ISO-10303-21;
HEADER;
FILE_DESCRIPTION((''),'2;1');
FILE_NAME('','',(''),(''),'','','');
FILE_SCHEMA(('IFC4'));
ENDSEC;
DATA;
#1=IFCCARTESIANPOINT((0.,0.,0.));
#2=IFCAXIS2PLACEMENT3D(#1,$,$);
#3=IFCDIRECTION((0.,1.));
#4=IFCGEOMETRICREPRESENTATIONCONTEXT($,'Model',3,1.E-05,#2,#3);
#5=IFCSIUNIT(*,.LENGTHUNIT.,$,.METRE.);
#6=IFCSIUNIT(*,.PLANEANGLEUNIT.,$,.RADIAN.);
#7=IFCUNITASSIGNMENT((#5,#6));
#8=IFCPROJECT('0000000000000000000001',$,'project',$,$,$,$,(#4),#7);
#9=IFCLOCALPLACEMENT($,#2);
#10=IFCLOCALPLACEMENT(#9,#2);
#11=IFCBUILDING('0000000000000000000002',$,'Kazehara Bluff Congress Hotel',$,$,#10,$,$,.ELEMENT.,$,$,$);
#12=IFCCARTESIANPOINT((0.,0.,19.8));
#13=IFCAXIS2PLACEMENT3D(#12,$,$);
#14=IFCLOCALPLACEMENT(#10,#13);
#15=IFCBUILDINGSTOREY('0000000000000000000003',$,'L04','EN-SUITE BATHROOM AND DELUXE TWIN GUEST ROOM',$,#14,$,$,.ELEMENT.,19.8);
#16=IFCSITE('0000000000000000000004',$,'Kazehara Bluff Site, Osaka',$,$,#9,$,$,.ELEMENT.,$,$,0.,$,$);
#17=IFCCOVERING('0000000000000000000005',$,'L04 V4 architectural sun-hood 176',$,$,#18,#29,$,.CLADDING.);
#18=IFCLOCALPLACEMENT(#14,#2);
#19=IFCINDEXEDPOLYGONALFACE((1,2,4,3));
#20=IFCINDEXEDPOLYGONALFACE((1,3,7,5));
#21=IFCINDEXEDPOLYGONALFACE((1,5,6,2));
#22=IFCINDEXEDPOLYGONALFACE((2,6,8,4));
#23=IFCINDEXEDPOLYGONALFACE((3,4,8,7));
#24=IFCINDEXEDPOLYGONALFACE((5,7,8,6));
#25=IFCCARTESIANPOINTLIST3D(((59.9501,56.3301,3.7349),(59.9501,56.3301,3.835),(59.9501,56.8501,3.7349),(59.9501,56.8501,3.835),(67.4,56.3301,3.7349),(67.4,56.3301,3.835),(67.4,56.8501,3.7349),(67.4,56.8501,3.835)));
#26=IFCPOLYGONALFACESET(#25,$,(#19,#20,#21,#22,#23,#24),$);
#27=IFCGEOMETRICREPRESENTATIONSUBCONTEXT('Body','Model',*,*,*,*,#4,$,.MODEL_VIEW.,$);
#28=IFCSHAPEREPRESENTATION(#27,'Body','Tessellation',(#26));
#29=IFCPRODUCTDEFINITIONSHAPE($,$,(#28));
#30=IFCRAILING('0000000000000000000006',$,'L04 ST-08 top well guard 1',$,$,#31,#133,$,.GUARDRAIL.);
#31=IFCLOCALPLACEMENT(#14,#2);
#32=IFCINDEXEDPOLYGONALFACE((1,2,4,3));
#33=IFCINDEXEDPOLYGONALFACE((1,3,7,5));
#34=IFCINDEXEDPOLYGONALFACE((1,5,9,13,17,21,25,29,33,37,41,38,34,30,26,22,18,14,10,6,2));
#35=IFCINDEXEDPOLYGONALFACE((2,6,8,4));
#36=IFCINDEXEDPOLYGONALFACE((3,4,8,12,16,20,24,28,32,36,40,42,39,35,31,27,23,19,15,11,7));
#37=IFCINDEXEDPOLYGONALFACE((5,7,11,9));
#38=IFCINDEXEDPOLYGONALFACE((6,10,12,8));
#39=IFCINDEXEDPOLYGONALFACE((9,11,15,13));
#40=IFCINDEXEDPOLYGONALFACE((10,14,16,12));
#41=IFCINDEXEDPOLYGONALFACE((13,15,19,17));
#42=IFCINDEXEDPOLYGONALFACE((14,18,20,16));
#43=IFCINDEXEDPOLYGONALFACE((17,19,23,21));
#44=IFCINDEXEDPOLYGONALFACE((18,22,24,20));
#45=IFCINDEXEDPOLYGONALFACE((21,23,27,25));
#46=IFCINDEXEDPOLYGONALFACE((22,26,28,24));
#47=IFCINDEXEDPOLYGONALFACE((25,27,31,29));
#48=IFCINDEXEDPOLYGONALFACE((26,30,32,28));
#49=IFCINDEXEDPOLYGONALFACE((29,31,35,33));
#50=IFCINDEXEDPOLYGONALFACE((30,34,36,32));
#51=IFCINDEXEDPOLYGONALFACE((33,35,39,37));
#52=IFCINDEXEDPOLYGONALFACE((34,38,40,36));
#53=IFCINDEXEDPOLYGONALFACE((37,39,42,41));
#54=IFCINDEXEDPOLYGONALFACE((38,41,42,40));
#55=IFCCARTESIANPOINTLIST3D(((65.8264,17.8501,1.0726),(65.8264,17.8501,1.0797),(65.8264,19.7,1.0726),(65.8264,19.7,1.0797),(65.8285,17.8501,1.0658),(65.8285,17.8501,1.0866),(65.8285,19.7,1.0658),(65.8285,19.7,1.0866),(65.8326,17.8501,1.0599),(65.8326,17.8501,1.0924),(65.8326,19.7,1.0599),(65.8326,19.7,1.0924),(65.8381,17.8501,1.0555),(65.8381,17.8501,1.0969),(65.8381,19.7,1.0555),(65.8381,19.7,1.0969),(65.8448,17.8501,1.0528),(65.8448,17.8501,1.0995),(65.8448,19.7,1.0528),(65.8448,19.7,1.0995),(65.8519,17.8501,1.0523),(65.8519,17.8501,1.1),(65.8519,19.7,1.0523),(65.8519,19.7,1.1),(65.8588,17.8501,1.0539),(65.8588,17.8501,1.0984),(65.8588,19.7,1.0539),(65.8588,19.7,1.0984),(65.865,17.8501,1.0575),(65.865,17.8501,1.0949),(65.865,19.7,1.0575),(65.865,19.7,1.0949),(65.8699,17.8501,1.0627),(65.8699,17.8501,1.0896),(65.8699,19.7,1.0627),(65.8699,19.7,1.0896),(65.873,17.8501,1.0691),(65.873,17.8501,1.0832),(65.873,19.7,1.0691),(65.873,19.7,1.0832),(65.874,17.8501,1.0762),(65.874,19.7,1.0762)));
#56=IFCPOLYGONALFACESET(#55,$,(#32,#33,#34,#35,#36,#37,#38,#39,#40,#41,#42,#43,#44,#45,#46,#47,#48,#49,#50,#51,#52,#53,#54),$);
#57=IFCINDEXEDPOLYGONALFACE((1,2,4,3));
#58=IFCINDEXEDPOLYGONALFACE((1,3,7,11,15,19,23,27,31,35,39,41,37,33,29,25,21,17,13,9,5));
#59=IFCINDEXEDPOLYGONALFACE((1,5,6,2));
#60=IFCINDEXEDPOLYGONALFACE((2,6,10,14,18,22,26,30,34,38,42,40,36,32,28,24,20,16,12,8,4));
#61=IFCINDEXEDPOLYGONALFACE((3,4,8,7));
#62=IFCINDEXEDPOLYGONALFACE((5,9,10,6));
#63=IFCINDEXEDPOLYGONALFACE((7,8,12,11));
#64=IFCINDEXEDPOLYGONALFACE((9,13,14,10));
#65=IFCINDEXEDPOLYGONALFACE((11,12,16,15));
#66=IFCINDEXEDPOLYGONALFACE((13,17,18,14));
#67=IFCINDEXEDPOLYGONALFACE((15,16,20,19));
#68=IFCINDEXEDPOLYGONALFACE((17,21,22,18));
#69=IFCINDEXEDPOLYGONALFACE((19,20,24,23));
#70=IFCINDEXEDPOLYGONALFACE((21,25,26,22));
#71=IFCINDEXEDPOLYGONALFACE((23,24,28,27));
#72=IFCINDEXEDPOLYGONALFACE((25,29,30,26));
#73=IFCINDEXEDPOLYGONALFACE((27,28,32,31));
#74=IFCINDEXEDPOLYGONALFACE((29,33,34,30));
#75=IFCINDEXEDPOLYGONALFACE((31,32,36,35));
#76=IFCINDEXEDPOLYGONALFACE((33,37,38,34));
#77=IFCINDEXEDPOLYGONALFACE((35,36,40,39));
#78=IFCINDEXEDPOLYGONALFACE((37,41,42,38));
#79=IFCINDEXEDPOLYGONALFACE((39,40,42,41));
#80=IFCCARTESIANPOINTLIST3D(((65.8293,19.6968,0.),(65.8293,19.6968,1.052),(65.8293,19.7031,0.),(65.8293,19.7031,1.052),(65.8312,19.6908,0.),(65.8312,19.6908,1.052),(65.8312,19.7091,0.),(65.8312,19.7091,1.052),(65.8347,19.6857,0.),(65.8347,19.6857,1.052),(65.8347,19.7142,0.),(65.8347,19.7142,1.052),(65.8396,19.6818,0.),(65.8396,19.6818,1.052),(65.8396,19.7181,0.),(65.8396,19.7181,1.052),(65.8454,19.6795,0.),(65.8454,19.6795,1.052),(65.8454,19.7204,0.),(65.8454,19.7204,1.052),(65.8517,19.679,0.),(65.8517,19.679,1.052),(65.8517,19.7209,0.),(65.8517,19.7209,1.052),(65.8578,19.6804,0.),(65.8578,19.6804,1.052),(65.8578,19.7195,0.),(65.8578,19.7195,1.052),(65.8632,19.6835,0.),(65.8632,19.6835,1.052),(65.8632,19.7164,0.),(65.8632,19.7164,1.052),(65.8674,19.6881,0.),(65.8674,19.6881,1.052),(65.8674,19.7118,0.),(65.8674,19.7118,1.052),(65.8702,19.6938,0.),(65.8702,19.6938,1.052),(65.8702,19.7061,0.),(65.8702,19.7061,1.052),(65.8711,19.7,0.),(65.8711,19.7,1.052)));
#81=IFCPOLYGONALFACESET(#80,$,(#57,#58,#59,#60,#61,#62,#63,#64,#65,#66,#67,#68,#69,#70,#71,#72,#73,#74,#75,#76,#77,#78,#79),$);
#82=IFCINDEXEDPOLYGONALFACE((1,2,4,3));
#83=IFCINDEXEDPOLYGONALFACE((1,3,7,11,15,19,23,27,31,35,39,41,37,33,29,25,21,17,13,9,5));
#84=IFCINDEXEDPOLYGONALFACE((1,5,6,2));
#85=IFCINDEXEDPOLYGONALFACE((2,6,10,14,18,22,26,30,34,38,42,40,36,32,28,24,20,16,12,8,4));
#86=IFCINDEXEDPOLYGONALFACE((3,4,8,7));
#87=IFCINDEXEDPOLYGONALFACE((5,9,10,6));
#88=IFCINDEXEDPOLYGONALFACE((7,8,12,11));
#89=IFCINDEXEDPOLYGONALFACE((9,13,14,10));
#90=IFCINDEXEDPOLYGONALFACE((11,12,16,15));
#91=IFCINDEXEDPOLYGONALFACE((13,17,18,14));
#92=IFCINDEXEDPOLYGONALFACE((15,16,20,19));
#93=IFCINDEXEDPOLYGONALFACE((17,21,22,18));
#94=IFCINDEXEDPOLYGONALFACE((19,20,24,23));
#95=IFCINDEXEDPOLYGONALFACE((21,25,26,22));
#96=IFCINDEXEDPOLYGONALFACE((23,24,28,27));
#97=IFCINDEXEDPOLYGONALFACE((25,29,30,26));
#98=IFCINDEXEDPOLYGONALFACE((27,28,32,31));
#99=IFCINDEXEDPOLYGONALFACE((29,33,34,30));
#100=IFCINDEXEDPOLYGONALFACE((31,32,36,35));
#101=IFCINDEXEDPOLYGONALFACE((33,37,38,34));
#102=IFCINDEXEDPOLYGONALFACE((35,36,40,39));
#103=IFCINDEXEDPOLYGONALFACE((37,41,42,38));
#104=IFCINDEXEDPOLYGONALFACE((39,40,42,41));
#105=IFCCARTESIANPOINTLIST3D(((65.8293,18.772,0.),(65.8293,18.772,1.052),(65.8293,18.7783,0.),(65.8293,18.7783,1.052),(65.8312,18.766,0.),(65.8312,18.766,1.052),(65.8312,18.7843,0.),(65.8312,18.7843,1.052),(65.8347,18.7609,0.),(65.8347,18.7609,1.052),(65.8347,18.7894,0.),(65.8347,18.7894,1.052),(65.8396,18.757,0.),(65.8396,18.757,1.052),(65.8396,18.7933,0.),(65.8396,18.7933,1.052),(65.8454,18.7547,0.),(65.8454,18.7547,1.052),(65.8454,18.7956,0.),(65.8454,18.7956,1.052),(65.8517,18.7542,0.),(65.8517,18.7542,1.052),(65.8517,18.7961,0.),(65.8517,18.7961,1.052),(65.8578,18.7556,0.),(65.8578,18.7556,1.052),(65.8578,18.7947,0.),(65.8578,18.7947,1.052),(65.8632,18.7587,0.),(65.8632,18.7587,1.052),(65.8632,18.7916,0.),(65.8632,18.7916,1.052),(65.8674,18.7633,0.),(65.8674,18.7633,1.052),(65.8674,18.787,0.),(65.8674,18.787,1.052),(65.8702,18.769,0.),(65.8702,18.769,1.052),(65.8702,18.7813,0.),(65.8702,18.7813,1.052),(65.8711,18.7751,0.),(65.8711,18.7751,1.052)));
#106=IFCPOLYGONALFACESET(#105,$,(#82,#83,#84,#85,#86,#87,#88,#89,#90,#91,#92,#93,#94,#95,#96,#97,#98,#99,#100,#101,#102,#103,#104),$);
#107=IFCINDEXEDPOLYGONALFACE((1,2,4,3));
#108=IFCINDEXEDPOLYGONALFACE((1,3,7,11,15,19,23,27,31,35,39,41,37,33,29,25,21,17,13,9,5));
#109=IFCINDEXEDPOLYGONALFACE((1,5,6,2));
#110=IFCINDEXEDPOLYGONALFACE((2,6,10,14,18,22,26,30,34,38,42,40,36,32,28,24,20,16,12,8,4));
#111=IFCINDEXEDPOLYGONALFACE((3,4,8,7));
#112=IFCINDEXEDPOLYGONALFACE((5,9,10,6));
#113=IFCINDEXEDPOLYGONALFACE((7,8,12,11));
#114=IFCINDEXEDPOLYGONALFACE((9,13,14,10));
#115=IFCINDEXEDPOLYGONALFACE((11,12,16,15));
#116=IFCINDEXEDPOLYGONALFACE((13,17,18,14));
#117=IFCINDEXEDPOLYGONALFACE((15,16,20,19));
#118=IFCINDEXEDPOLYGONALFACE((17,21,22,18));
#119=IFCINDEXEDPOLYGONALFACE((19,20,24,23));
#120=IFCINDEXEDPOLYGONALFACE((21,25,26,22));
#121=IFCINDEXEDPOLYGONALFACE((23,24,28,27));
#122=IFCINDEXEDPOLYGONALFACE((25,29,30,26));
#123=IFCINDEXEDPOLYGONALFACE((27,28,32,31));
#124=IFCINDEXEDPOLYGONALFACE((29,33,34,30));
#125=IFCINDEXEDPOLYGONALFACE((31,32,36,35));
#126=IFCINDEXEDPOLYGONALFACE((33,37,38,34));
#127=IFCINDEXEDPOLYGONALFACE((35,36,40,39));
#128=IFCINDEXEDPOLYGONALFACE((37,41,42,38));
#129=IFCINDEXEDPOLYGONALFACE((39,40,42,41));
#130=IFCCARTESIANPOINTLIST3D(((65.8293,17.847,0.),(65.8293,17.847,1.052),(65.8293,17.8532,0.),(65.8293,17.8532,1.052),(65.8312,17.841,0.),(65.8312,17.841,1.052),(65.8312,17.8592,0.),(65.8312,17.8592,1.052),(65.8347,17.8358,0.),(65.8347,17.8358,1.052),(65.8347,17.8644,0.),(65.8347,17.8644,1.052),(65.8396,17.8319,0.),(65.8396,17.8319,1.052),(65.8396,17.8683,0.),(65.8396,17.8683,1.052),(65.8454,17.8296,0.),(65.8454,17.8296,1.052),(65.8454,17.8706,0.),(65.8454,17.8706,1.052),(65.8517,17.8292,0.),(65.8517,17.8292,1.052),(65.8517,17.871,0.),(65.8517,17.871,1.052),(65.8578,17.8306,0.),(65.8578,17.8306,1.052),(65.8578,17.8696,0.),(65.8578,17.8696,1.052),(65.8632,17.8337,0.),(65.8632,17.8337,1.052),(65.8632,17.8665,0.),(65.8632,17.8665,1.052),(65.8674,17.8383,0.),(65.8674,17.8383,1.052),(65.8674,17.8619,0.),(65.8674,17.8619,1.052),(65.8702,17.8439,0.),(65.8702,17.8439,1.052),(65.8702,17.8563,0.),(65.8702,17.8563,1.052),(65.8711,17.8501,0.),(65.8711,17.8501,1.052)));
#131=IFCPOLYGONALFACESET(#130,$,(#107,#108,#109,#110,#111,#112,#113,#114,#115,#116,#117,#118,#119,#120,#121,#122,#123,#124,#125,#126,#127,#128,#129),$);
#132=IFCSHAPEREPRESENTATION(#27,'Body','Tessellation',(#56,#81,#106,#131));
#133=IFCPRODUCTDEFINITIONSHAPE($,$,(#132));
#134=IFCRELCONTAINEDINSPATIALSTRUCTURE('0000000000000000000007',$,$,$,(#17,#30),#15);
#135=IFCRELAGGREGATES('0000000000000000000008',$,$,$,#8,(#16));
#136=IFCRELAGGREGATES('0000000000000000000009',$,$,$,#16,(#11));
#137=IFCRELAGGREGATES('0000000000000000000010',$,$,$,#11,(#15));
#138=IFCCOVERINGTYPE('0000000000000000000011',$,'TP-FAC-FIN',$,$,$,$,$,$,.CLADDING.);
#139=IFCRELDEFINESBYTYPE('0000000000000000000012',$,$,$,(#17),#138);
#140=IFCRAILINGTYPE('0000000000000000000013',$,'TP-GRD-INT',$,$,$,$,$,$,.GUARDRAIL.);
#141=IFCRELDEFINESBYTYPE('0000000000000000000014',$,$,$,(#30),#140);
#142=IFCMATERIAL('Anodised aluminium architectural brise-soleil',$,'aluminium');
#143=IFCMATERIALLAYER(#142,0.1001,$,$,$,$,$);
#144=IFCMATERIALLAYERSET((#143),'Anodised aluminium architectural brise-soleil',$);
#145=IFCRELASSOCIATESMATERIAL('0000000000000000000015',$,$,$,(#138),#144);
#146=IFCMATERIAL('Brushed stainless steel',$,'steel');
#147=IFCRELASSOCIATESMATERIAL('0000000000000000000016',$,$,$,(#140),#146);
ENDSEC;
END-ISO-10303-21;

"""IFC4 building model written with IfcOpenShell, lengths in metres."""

from ifc_helpers import new_model, si_unit, direction, frame, origin, origin_2d, place, context, subcontext, project, spatial, rectangle, circle, extrude, material, layer, layer_set, type_object, element, save


model = new_model("IFC4")

# Units and contexts
model_context = context("Model", 3, precision=1e-05, world=origin(), true_north=direction((0.0, 1.0)))
body_context = subcontext(model_context, "Body", "Model", "MODEL_VIEW")
ifc_project = project(units=[si_unit("LENGTHUNIT", "METRE"), si_unit("PLANEANGLEUNIT", "RADIAN")], contexts=[model_context])

# Site, building, storey
site_placement = place(None, origin())
site = spatial("IfcSite", under=ifc_project, at=site_placement, Name="Kazehara Bluff Site, Osaka", CompositionType="ELEMENT", RefElevation=0.0)
building_placement = place(site_placement, origin())
building = spatial("IfcBuilding", under=site, at=building_placement, Name="Kazehara Bluff Congress Hotel", CompositionType="ELEMENT")
storey_placement = place(building_placement, frame((0.0, 0.0, 19.8)))
storey = spatial("IfcBuildingStorey", under=building, at=storey_placement, Name="L04", Description="EN-SUITE BATHROOM AND DELUXE TWIN GUEST ROOM", CompositionType="ELEMENT", Elevation=19.8)

# Covering
ifc_material_1 = material(Name="Anodised aluminium architectural brise-soleil", Category="aluminium")
ifc_layer_1 = layer(ifc_material_1, 0.1001)
ifc_layer_set_1 = layer_set([ifc_layer_1], Name="Anodised aluminium architectural brise-soleil")
covering_type = type_object("IfcCoveringType", Name="TP-FAC-FIN", PredefinedType="CLADDING", material=ifc_layer_set_1)
covering_placement = place(storey_placement, frame((63.675, 56.5901, 3.7349), z_axis=(0.0, 0.0, 1.0), x_axis=(1.0, 0.0, 0.0)))
element("IfcCovering", 1, at=covering_placement, inside=storey, type_object=covering_type, Name="L04 V4 architectural sun-hood 176", PredefinedType="CLADDING", context=body_context, shape_type="SweptSolid", body=[
    extrude(rectangle(XDim=7.45, YDim=0.52, at=origin_2d()), origin(), (0.0, 0.0, 1.0), 0.1001),
])

# Railing
ifc_material_2 = material(Name="Brushed stainless steel", Category="steel")
railing_type = type_object("IfcRailingType", Name="TP-GRD-INT", PredefinedType="GUARDRAIL", material=ifc_material_2)
railing_placement = place(storey_placement, frame((65.8501, 19.7, 0.0)))
element("IfcRailing", 2, at=railing_placement, inside=storey, type_object=railing_type, Name="L04 ST-08 top well guard 1", PredefinedType="GUARDRAIL", context=body_context, shape_type="SweptSolid", body=[
    extrude(circle(Radius=0.0239, at=origin_2d()), frame((0.0, 0.0, 1.0762), z_axis=(0.0, -1.0, 0.0), x_axis=(1.0, 0.0, 0.0)), (0.0, 0.0, 1.0), 1.8499),
    extrude(circle(Radius=0.021, at=origin_2d()), origin(), (0.0, 0.0, 1.0), 1.052),
    extrude(circle(Radius=0.021, at=origin_2d()), frame((0.0, -0.9248, 0.0)), (0.0, 0.0, 1.0), 1.052),
    extrude(circle(Radius=0.021, at=origin_2d()), frame((0.0, -1.8499, 0.0)), (0.0, 0.0, 1.0), 1.052),
])

save(model, "model.ifc")
